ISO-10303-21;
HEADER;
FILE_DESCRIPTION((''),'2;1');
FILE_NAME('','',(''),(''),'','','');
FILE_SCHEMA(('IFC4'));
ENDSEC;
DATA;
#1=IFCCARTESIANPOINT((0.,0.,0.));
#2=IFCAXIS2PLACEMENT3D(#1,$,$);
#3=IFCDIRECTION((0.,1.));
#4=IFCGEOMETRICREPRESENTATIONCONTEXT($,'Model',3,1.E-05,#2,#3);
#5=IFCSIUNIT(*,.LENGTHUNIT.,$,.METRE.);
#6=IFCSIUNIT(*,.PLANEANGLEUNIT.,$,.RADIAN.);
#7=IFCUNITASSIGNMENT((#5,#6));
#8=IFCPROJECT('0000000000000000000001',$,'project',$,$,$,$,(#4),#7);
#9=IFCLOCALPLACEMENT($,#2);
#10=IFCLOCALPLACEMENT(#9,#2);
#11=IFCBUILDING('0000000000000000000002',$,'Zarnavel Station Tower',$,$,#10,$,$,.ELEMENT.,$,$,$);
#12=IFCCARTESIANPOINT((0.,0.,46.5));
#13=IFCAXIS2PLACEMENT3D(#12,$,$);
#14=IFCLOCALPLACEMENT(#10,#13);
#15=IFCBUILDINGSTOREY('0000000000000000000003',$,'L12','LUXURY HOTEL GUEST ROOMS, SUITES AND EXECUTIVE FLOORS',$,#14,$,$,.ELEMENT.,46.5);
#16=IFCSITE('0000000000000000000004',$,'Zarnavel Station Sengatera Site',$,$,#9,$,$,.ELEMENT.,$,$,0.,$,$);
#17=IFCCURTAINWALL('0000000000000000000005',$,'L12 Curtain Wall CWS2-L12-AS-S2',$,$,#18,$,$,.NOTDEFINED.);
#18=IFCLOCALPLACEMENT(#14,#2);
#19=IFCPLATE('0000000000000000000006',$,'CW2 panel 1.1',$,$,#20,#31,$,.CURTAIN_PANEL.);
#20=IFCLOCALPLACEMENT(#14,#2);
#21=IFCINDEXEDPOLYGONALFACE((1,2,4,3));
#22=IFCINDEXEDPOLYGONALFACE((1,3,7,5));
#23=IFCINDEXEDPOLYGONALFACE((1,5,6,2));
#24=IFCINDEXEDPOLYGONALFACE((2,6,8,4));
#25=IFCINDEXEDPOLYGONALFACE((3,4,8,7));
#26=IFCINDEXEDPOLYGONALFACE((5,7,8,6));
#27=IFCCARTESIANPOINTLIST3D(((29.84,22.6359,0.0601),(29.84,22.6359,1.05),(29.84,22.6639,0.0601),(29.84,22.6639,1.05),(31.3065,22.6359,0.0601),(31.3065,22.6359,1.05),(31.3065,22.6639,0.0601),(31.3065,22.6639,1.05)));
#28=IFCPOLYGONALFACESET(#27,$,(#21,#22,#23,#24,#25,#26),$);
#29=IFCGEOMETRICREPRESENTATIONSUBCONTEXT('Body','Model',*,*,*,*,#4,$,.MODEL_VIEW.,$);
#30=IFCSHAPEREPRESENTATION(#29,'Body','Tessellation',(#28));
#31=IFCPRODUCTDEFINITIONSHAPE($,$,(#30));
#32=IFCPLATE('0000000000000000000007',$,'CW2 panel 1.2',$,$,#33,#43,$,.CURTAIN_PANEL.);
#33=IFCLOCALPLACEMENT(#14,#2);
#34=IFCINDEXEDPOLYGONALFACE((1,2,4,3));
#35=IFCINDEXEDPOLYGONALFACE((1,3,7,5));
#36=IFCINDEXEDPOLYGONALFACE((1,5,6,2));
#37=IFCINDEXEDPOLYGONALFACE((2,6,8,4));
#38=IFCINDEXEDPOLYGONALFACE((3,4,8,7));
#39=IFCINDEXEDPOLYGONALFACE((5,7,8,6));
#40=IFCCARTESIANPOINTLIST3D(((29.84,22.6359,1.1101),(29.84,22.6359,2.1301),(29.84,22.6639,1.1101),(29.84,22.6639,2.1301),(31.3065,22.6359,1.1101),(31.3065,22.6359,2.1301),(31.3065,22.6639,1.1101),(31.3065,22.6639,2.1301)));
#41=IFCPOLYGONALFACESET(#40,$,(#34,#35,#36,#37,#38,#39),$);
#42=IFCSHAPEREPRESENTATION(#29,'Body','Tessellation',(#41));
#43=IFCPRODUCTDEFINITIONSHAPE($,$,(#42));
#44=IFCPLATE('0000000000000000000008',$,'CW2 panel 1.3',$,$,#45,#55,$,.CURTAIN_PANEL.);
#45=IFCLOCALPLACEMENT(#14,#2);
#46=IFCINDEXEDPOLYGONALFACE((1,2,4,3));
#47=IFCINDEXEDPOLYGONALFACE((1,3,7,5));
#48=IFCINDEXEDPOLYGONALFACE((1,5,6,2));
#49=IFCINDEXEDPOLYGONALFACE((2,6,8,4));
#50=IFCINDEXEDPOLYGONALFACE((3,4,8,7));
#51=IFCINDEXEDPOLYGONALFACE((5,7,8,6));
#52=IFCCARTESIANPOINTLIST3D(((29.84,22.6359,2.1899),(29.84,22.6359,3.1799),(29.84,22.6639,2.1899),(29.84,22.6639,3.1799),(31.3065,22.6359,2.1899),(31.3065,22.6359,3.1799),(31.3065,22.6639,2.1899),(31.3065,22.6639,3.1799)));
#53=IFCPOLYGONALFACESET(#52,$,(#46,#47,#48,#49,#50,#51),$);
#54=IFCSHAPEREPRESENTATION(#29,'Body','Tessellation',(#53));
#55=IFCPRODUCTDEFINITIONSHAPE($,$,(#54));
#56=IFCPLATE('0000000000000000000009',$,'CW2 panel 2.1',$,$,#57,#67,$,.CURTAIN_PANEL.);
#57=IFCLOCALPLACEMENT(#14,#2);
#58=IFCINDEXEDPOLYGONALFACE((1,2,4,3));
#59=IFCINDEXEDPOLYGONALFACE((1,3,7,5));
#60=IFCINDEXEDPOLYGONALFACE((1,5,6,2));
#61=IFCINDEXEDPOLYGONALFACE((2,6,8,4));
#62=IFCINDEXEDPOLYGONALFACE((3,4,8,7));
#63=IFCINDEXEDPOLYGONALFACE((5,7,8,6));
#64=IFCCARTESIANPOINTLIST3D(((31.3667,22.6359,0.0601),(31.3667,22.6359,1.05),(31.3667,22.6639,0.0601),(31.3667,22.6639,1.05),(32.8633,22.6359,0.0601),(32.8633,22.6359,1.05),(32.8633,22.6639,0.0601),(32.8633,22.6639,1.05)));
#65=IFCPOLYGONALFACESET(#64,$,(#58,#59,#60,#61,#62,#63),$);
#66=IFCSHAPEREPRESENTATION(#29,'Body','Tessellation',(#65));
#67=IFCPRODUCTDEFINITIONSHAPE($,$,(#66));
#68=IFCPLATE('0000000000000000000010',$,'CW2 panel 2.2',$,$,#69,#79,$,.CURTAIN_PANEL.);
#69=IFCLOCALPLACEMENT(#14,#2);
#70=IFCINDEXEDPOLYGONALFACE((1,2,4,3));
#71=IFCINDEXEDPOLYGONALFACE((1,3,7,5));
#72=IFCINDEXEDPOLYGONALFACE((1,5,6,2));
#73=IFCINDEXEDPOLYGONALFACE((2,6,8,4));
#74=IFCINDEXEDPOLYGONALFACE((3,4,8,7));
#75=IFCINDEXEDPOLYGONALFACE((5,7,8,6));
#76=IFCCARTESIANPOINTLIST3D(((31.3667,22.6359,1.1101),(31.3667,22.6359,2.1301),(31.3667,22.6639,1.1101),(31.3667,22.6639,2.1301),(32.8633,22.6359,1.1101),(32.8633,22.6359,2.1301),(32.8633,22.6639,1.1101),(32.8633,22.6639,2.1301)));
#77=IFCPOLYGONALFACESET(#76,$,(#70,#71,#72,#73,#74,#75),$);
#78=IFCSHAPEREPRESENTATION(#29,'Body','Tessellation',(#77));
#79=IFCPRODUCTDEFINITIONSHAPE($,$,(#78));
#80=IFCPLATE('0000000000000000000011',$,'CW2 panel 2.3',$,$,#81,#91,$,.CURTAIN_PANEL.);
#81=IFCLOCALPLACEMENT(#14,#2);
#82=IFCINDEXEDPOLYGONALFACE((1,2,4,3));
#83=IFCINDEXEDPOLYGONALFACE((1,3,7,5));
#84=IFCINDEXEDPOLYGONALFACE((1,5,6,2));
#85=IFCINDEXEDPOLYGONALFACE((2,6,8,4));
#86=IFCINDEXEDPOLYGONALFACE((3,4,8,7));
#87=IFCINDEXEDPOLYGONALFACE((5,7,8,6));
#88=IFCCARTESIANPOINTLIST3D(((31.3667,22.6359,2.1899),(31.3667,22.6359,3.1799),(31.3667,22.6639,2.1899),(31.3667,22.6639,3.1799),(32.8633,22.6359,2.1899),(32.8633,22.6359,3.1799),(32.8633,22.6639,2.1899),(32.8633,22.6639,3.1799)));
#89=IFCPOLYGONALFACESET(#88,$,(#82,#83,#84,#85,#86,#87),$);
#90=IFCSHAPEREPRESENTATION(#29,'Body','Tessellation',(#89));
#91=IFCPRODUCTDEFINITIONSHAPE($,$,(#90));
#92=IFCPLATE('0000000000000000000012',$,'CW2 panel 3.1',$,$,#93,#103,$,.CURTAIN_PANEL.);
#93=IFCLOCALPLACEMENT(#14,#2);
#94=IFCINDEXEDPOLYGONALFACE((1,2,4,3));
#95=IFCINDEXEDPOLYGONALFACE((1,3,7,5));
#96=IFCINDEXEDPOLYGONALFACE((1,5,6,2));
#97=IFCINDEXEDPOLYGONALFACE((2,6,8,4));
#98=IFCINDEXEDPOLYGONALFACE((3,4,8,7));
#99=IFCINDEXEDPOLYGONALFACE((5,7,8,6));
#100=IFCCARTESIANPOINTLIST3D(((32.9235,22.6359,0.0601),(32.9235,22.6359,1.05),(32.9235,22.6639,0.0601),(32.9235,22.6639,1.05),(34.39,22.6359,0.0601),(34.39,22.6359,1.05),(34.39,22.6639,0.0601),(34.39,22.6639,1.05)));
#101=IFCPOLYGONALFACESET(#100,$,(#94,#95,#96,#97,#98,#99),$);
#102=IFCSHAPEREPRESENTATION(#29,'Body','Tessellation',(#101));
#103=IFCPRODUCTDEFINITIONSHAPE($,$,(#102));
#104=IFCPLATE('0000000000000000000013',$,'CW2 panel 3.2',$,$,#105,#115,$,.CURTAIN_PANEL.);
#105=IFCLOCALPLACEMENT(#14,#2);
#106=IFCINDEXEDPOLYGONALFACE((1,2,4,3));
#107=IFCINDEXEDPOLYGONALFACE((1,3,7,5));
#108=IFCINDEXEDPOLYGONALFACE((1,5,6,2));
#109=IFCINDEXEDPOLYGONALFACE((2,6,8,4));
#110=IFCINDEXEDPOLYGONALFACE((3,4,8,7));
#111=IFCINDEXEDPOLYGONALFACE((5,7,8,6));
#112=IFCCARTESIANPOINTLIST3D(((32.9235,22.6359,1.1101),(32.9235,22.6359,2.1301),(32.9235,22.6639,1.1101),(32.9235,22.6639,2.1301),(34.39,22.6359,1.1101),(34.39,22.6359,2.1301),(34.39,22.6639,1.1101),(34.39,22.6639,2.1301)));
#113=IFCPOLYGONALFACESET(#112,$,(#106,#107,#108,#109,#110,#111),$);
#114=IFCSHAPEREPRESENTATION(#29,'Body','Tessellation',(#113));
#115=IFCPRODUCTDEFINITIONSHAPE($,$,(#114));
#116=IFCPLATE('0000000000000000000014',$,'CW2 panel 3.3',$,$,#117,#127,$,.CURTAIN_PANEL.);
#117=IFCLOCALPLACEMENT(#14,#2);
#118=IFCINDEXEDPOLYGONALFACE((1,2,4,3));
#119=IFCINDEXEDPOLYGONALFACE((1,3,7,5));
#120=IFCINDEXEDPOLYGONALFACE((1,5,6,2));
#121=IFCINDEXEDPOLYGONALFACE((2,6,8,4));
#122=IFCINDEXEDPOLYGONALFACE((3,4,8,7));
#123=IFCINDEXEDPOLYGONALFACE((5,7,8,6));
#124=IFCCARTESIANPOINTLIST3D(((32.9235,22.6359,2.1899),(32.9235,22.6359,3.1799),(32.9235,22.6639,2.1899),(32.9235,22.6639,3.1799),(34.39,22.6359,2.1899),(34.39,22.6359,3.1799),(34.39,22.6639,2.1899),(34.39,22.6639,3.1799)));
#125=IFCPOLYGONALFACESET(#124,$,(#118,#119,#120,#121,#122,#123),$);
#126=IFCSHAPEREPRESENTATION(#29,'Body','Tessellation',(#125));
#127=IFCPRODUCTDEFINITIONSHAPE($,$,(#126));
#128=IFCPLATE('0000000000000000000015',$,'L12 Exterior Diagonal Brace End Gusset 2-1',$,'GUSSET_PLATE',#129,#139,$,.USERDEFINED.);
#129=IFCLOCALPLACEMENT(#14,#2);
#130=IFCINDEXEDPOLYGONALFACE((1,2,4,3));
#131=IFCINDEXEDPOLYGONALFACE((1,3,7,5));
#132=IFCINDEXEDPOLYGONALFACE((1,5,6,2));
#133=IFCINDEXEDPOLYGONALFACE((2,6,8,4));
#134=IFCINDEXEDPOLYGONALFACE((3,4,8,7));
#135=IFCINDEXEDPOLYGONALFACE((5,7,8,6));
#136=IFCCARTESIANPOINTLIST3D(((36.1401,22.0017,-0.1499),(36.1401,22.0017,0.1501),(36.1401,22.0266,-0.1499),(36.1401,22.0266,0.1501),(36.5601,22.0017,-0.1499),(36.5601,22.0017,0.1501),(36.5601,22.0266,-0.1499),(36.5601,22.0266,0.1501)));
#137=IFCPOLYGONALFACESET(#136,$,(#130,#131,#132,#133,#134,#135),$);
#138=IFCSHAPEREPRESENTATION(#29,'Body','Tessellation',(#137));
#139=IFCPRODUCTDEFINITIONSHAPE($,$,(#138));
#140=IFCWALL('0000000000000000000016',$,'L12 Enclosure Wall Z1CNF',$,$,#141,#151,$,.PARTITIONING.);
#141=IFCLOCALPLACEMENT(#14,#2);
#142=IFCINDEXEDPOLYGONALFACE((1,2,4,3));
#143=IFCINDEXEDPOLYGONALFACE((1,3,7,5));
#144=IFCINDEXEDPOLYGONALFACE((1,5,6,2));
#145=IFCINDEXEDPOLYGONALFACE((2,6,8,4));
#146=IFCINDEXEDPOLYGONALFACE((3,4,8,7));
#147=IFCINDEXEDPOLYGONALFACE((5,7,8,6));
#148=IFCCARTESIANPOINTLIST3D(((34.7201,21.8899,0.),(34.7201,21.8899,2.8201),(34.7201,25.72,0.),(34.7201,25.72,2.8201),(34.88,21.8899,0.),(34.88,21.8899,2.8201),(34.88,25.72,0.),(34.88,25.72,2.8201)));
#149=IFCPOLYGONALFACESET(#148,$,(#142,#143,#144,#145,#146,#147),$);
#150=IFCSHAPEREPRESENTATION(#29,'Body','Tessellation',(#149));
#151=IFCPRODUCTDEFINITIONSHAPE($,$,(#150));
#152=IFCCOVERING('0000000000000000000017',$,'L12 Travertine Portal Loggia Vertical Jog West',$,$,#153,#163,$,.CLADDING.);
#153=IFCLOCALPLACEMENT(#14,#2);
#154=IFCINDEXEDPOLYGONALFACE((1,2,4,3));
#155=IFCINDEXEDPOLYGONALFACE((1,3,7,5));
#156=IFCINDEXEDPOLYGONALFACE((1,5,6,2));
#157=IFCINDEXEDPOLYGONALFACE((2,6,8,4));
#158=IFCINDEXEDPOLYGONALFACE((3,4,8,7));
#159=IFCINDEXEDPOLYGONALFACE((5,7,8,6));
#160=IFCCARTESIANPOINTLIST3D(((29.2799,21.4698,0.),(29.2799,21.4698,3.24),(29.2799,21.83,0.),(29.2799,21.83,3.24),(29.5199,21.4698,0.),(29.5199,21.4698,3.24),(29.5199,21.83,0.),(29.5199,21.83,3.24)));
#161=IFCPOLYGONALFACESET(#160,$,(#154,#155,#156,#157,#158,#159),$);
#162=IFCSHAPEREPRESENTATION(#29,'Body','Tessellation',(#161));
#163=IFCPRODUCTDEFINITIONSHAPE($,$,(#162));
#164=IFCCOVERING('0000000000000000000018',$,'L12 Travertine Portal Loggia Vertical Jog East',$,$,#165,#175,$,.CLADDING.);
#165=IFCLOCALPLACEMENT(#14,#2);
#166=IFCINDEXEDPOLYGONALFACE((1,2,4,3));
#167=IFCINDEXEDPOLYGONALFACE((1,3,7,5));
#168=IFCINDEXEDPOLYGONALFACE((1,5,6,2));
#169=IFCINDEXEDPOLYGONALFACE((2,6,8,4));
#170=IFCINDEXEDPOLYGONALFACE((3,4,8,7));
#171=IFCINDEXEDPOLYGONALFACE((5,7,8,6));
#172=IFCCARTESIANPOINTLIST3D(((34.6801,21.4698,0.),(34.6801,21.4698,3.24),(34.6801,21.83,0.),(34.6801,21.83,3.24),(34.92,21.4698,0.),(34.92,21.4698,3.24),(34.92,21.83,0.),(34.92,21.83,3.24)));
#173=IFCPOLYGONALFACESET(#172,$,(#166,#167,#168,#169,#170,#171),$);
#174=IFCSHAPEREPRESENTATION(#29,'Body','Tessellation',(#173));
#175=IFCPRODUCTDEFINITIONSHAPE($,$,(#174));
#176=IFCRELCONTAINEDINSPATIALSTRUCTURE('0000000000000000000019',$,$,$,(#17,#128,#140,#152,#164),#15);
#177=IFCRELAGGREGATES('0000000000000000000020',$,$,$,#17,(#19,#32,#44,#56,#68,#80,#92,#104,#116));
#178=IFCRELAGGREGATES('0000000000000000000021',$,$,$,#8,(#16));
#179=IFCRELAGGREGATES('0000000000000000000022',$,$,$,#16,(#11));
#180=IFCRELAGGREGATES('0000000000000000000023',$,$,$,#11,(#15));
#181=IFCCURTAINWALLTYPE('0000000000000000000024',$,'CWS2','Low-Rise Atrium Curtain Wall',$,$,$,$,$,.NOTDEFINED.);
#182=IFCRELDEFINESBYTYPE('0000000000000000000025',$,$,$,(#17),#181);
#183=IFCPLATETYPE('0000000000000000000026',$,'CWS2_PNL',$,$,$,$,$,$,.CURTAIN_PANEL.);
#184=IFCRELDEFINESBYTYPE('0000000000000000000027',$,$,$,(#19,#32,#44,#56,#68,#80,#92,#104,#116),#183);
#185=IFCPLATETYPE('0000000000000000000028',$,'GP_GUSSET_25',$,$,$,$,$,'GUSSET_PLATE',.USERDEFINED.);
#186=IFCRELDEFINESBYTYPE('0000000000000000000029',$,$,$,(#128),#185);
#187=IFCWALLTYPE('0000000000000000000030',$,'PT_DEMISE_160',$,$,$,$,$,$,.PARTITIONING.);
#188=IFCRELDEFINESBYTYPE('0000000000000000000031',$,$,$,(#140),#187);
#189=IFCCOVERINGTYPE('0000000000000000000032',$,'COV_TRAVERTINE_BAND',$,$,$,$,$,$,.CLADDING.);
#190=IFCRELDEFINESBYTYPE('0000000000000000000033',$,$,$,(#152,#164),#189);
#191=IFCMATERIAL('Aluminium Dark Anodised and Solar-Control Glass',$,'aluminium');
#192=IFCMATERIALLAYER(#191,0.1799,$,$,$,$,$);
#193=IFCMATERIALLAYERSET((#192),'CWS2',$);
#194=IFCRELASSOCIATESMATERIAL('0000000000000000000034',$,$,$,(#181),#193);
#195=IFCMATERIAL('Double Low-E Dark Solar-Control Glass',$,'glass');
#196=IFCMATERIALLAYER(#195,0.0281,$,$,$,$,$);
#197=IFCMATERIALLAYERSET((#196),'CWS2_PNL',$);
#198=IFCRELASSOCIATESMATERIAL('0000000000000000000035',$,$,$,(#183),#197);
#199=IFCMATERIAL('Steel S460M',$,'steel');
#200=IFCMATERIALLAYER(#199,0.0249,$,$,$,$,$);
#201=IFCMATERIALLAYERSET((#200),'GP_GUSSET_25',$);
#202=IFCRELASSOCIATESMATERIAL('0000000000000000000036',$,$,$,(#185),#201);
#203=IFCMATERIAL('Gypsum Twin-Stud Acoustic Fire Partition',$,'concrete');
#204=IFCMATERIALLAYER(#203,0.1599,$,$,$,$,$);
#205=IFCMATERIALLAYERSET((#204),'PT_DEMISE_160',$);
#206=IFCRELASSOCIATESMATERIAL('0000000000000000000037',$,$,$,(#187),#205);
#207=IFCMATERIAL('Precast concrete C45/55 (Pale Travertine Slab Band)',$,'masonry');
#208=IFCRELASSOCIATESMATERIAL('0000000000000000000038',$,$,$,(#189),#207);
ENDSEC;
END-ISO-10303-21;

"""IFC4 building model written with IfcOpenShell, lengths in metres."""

from ifc_helpers import new_model, si_unit, direction, frame, frame_2d, origin, origin_2d, place, context, subcontext, project, spatial, rectangle, extrude, material, layer, layer_set, type_object, element, aggregate, save


model = new_model("IFC4")

# Units and contexts
model_context = context("Model", 3, precision=1e-05, world=origin(), true_north=direction((0.0, 1.0)))
body_context = subcontext(model_context, "Body", "Model", "MODEL_VIEW")
ifc_project = project(units=[si_unit("LENGTHUNIT", "METRE"), si_unit("PLANEANGLEUNIT", "RADIAN")], contexts=[model_context])

# Site, building, storey
site_placement = place(None, origin())
site = spatial("IfcSite", under=ifc_project, at=site_placement, Name="Zarnavel Station Sengatera Site", CompositionType="ELEMENT", RefElevation=0.0)
building_placement = place(site_placement, origin())
building = spatial("IfcBuilding", under=site, at=building_placement, Name="Zarnavel Station Tower", CompositionType="ELEMENT")
storey_placement = place(building_placement, frame((0.0, 0.0, 46.5)))
storey = spatial("IfcBuildingStorey", under=building, at=storey_placement, Name="L12", Description="LUXURY HOTEL GUEST ROOMS, SUITES AND EXECUTIVE FLOORS", CompositionType="ELEMENT", Elevation=46.5)

# Shared definitions
ifc_material_1 = material(Name="Aluminium Dark Anodised and Solar-Control Glass", Category="aluminium")
ifc_layer_1 = layer(ifc_material_1, 0.1799)
ifc_layer_set_1 = layer_set([ifc_layer_1], Name="CWS2")
curtain_wall_type = type_object("IfcCurtainWallType", Name="CWS2", Description="Low-Rise Atrium Curtain Wall", PredefinedType="NOTDEFINED", material=ifc_layer_set_1)

# Curtain wall
curtain_wall_1_placement = place(storey_placement, origin())
curtain_wall_1 = element("IfcCurtainWall", 1, at=curtain_wall_1_placement, inside=storey, type_object=curtain_wall_type, Name="L12 Curtain Wall CWS2-L12-AS-S2", PredefinedType="NOTDEFINED")

# Plates
ifc_material_2 = material(Name="Double Low-E Dark Solar-Control Glass", Category="glass")
ifc_layer_2 = layer(ifc_material_2, 0.0281)
ifc_layer_set_2 = layer_set([ifc_layer_2], Name="CWS2_PNL")
plate_type_1 = type_object("IfcPlateType", Name="CWS2_PNL", PredefinedType="CURTAIN_PANEL", material=ifc_layer_set_2)
plate_1_placement = place(storey_placement, frame((30.5732, 22.6499, 0.0601), z_axis=(0.0, 0.0, 1.0), x_axis=(1.0, 0.0, 0.0)))
plate_1 = element("IfcPlate", 2, at=plate_1_placement, type_object=plate_type_1, Name="CW2 panel 1.1", PredefinedType="CURTAIN_PANEL", context=body_context, shape_type="SweptSolid", body=[
    extrude(rectangle(XDim=1.4666, YDim=0.0281, at=origin_2d()), origin(), (0.0, 0.0, 1.0), 0.99),
])
plate_2_placement = place(storey_placement, frame((30.5732, 22.6499, 1.1101), z_axis=(0.0, 0.0, 1.0), x_axis=(1.0, 0.0, 0.0)))
plate_2 = element("IfcPlate", 3, at=plate_2_placement, type_object=plate_type_1, Name="CW2 panel 1.2", PredefinedType="CURTAIN_PANEL", context=body_context, shape_type="SweptSolid", body=[
    extrude(rectangle(XDim=1.4666, YDim=0.0281, at=origin_2d()), origin(), (0.0, 0.0, 1.0), 1.02),
])
plate_3_placement = place(storey_placement, frame((30.5732, 22.6499, 2.1899), z_axis=(0.0, 0.0, 1.0), x_axis=(1.0, 0.0, 0.0)))
plate_3 = element("IfcPlate", 4, at=plate_3_placement, type_object=plate_type_1, Name="CW2 panel 1.3", PredefinedType="CURTAIN_PANEL", context=body_context, shape_type="SweptSolid", body=[
    extrude(rectangle(XDim=1.4666, YDim=0.0281, at=origin_2d()), origin(), (0.0, 0.0, 1.0), 0.99),
])
plate_4_placement = place(storey_placement, frame((32.115, 22.6499, 0.0601), z_axis=(0.0, 0.0, 1.0), x_axis=(1.0, 0.0, 0.0)))
plate_4 = element("IfcPlate", 5, at=plate_4_placement, type_object=plate_type_1, Name="CW2 panel 2.1", PredefinedType="CURTAIN_PANEL", context=body_context, shape_type="SweptSolid", body=[
    extrude(rectangle(XDim=1.4966, YDim=0.0281, at=origin_2d()), origin(), (0.0, 0.0, 1.0), 0.99),
])
plate_5_placement = place(storey_placement, frame((32.115, 22.6499, 1.1101), z_axis=(0.0, 0.0, 1.0), x_axis=(1.0, 0.0, 0.0)))
plate_5 = element("IfcPlate", 6, at=plate_5_placement, type_object=plate_type_1, Name="CW2 panel 2.2", PredefinedType="CURTAIN_PANEL", context=body_context, shape_type="SweptSolid", body=[
    extrude(rectangle(XDim=1.4966, YDim=0.0281, at=origin_2d()), origin(), (0.0, 0.0, 1.0), 1.02),
])
plate_6_placement = place(storey_placement, frame((32.115, 22.6499, 2.1899), z_axis=(0.0, 0.0, 1.0), x_axis=(1.0, 0.0, 0.0)))
plate_6 = element("IfcPlate", 7, at=plate_6_placement, type_object=plate_type_1, Name="CW2 panel 2.3", PredefinedType="CURTAIN_PANEL", context=body_context, shape_type="SweptSolid", body=[
    extrude(rectangle(XDim=1.4966, YDim=0.0281, at=origin_2d()), origin(), (0.0, 0.0, 1.0), 0.99),
])
plate_7_placement = place(storey_placement, frame((33.6567, 22.6499, 0.0601), z_axis=(0.0, 0.0, 1.0), x_axis=(1.0, 0.0, 0.0)))
plate_7 = element("IfcPlate", 8, at=plate_7_placement, type_object=plate_type_1, Name="CW2 panel 3.1", PredefinedType="CURTAIN_PANEL", context=body_context, shape_type="SweptSolid", body=[
    extrude(rectangle(XDim=1.4666, YDim=0.0281, at=origin_2d()), origin(), (0.0, 0.0, 1.0), 0.99),
])
plate_8_placement = place(storey_placement, frame((33.6567, 22.6499, 1.1101), z_axis=(0.0, 0.0, 1.0), x_axis=(1.0, 0.0, 0.0)))
plate_8 = element("IfcPlate", 9, at=plate_8_placement, type_object=plate_type_1, Name="CW2 panel 3.2", PredefinedType="CURTAIN_PANEL", context=body_context, shape_type="SweptSolid", body=[
    extrude(rectangle(XDim=1.4666, YDim=0.0281, at=origin_2d()), origin(), (0.0, 0.0, 1.0), 1.02),
])
plate_9_placement = place(storey_placement, frame((33.6567, 22.6499, 2.1899), z_axis=(0.0, 0.0, 1.0), x_axis=(1.0, 0.0, 0.0)))
plate_9 = element("IfcPlate", 10, at=plate_9_placement, type_object=plate_type_1, Name="CW2 panel 3.3", PredefinedType="CURTAIN_PANEL", context=body_context, shape_type="SweptSolid", body=[
    extrude(rectangle(XDim=1.4666, YDim=0.0281, at=origin_2d()), origin(), (0.0, 0.0, 1.0), 0.99),
])
aggregate(curtain_wall_1, [plate_1, plate_2, plate_3, plate_4, plate_5, plate_6, plate_7, plate_8, plate_9])
ifc_material_3 = material(Name="Steel S460M", Category="steel")
ifc_layer_3 = layer(ifc_material_3, 0.0249)
ifc_layer_set_3 = layer_set([ifc_layer_3], Name="GP_GUSSET_25")
plate_type_2 = type_object("IfcPlateType", Name="GP_GUSSET_25", ElementType="GUSSET_PLATE", PredefinedType="USERDEFINED", material=ifc_layer_set_3)
plate_10_placement = place(storey_placement, frame((36.3501, 22.0142, -0.1499), z_axis=(0.0, 0.0, 1.0), x_axis=(1.0, 0.0, 0.0)))
element("IfcPlate", 11, at=plate_10_placement, inside=storey, type_object=plate_type_2, Name="L12 Exterior Diagonal Brace End Gusset 2-1", ObjectType="GUSSET_PLATE", PredefinedType="USERDEFINED", context=body_context, shape_type="SweptSolid", body=[
    extrude(rectangle(XDim=0.4199, YDim=0.0249, at=origin_2d()), origin(), (0.0, 0.0, 1.0), 0.3),
])

# Wall
ifc_material_4 = material(Name="Gypsum Twin-Stud Acoustic Fire Partition", Category="concrete")
ifc_layer_4 = layer(ifc_material_4, 0.1599)
ifc_layer_set_4 = layer_set([ifc_layer_4], Name="PT_DEMISE_160")
wall_type = type_object("IfcWallType", Name="PT_DEMISE_160", PredefinedType="PARTITIONING", material=ifc_layer_set_4)
wall_placement = place(storey_placement, frame((34.8, 21.8899, 0.0), z_axis=(0.0, 0.0, 1.0), x_axis=(0.0, 1.0, 0.0)))
element("IfcWall", 12, at=wall_placement, inside=storey, type_object=wall_type, Name="L12 Enclosure Wall Z1CNF", PredefinedType="PARTITIONING", context=body_context, shape_type="SweptSolid", body=[
    extrude(rectangle(XDim=3.8301, YDim=0.1599, at=frame_2d((1.915, 0.0))), origin(), (0.0, 0.0, 1.0), 2.8201),
])

# Coverings
ifc_material_5 = material(Name="Precast concrete C45/55 (Pale Travertine Slab Band)", Category="masonry")
covering_type = type_object("IfcCoveringType", Name="COV_TRAVERTINE_BAND", PredefinedType="CLADDING", material=ifc_material_5)
for number, where, z_axis, x_axis, name in (
    (13, (29.3999, 21.6499, 0.0), (0.0, 0.0, 1.0), (1.0, 0.0, 0.0), "L12 Travertine Portal Loggia Vertical Jog West"),
    (14, (34.8, 21.6499, 0.0), (0.0, 0.0, 1.0), (1.0, 0.0, 0.0), "L12 Travertine Portal Loggia Vertical Jog East"),
):
    element("IfcCovering", number, at=place(storey_placement, frame(where, z_axis=z_axis, x_axis=x_axis)), inside=storey, type_object=covering_type, Name=name, PredefinedType="CLADDING", context=body_context, shape_type="SweptSolid", body=[
        extrude(rectangle(XDim=0.24, YDim=0.3601, at=origin_2d()), origin(), (0.0, 0.0, 1.0), 3.24),
    ])

save(model, "model.ifc")
